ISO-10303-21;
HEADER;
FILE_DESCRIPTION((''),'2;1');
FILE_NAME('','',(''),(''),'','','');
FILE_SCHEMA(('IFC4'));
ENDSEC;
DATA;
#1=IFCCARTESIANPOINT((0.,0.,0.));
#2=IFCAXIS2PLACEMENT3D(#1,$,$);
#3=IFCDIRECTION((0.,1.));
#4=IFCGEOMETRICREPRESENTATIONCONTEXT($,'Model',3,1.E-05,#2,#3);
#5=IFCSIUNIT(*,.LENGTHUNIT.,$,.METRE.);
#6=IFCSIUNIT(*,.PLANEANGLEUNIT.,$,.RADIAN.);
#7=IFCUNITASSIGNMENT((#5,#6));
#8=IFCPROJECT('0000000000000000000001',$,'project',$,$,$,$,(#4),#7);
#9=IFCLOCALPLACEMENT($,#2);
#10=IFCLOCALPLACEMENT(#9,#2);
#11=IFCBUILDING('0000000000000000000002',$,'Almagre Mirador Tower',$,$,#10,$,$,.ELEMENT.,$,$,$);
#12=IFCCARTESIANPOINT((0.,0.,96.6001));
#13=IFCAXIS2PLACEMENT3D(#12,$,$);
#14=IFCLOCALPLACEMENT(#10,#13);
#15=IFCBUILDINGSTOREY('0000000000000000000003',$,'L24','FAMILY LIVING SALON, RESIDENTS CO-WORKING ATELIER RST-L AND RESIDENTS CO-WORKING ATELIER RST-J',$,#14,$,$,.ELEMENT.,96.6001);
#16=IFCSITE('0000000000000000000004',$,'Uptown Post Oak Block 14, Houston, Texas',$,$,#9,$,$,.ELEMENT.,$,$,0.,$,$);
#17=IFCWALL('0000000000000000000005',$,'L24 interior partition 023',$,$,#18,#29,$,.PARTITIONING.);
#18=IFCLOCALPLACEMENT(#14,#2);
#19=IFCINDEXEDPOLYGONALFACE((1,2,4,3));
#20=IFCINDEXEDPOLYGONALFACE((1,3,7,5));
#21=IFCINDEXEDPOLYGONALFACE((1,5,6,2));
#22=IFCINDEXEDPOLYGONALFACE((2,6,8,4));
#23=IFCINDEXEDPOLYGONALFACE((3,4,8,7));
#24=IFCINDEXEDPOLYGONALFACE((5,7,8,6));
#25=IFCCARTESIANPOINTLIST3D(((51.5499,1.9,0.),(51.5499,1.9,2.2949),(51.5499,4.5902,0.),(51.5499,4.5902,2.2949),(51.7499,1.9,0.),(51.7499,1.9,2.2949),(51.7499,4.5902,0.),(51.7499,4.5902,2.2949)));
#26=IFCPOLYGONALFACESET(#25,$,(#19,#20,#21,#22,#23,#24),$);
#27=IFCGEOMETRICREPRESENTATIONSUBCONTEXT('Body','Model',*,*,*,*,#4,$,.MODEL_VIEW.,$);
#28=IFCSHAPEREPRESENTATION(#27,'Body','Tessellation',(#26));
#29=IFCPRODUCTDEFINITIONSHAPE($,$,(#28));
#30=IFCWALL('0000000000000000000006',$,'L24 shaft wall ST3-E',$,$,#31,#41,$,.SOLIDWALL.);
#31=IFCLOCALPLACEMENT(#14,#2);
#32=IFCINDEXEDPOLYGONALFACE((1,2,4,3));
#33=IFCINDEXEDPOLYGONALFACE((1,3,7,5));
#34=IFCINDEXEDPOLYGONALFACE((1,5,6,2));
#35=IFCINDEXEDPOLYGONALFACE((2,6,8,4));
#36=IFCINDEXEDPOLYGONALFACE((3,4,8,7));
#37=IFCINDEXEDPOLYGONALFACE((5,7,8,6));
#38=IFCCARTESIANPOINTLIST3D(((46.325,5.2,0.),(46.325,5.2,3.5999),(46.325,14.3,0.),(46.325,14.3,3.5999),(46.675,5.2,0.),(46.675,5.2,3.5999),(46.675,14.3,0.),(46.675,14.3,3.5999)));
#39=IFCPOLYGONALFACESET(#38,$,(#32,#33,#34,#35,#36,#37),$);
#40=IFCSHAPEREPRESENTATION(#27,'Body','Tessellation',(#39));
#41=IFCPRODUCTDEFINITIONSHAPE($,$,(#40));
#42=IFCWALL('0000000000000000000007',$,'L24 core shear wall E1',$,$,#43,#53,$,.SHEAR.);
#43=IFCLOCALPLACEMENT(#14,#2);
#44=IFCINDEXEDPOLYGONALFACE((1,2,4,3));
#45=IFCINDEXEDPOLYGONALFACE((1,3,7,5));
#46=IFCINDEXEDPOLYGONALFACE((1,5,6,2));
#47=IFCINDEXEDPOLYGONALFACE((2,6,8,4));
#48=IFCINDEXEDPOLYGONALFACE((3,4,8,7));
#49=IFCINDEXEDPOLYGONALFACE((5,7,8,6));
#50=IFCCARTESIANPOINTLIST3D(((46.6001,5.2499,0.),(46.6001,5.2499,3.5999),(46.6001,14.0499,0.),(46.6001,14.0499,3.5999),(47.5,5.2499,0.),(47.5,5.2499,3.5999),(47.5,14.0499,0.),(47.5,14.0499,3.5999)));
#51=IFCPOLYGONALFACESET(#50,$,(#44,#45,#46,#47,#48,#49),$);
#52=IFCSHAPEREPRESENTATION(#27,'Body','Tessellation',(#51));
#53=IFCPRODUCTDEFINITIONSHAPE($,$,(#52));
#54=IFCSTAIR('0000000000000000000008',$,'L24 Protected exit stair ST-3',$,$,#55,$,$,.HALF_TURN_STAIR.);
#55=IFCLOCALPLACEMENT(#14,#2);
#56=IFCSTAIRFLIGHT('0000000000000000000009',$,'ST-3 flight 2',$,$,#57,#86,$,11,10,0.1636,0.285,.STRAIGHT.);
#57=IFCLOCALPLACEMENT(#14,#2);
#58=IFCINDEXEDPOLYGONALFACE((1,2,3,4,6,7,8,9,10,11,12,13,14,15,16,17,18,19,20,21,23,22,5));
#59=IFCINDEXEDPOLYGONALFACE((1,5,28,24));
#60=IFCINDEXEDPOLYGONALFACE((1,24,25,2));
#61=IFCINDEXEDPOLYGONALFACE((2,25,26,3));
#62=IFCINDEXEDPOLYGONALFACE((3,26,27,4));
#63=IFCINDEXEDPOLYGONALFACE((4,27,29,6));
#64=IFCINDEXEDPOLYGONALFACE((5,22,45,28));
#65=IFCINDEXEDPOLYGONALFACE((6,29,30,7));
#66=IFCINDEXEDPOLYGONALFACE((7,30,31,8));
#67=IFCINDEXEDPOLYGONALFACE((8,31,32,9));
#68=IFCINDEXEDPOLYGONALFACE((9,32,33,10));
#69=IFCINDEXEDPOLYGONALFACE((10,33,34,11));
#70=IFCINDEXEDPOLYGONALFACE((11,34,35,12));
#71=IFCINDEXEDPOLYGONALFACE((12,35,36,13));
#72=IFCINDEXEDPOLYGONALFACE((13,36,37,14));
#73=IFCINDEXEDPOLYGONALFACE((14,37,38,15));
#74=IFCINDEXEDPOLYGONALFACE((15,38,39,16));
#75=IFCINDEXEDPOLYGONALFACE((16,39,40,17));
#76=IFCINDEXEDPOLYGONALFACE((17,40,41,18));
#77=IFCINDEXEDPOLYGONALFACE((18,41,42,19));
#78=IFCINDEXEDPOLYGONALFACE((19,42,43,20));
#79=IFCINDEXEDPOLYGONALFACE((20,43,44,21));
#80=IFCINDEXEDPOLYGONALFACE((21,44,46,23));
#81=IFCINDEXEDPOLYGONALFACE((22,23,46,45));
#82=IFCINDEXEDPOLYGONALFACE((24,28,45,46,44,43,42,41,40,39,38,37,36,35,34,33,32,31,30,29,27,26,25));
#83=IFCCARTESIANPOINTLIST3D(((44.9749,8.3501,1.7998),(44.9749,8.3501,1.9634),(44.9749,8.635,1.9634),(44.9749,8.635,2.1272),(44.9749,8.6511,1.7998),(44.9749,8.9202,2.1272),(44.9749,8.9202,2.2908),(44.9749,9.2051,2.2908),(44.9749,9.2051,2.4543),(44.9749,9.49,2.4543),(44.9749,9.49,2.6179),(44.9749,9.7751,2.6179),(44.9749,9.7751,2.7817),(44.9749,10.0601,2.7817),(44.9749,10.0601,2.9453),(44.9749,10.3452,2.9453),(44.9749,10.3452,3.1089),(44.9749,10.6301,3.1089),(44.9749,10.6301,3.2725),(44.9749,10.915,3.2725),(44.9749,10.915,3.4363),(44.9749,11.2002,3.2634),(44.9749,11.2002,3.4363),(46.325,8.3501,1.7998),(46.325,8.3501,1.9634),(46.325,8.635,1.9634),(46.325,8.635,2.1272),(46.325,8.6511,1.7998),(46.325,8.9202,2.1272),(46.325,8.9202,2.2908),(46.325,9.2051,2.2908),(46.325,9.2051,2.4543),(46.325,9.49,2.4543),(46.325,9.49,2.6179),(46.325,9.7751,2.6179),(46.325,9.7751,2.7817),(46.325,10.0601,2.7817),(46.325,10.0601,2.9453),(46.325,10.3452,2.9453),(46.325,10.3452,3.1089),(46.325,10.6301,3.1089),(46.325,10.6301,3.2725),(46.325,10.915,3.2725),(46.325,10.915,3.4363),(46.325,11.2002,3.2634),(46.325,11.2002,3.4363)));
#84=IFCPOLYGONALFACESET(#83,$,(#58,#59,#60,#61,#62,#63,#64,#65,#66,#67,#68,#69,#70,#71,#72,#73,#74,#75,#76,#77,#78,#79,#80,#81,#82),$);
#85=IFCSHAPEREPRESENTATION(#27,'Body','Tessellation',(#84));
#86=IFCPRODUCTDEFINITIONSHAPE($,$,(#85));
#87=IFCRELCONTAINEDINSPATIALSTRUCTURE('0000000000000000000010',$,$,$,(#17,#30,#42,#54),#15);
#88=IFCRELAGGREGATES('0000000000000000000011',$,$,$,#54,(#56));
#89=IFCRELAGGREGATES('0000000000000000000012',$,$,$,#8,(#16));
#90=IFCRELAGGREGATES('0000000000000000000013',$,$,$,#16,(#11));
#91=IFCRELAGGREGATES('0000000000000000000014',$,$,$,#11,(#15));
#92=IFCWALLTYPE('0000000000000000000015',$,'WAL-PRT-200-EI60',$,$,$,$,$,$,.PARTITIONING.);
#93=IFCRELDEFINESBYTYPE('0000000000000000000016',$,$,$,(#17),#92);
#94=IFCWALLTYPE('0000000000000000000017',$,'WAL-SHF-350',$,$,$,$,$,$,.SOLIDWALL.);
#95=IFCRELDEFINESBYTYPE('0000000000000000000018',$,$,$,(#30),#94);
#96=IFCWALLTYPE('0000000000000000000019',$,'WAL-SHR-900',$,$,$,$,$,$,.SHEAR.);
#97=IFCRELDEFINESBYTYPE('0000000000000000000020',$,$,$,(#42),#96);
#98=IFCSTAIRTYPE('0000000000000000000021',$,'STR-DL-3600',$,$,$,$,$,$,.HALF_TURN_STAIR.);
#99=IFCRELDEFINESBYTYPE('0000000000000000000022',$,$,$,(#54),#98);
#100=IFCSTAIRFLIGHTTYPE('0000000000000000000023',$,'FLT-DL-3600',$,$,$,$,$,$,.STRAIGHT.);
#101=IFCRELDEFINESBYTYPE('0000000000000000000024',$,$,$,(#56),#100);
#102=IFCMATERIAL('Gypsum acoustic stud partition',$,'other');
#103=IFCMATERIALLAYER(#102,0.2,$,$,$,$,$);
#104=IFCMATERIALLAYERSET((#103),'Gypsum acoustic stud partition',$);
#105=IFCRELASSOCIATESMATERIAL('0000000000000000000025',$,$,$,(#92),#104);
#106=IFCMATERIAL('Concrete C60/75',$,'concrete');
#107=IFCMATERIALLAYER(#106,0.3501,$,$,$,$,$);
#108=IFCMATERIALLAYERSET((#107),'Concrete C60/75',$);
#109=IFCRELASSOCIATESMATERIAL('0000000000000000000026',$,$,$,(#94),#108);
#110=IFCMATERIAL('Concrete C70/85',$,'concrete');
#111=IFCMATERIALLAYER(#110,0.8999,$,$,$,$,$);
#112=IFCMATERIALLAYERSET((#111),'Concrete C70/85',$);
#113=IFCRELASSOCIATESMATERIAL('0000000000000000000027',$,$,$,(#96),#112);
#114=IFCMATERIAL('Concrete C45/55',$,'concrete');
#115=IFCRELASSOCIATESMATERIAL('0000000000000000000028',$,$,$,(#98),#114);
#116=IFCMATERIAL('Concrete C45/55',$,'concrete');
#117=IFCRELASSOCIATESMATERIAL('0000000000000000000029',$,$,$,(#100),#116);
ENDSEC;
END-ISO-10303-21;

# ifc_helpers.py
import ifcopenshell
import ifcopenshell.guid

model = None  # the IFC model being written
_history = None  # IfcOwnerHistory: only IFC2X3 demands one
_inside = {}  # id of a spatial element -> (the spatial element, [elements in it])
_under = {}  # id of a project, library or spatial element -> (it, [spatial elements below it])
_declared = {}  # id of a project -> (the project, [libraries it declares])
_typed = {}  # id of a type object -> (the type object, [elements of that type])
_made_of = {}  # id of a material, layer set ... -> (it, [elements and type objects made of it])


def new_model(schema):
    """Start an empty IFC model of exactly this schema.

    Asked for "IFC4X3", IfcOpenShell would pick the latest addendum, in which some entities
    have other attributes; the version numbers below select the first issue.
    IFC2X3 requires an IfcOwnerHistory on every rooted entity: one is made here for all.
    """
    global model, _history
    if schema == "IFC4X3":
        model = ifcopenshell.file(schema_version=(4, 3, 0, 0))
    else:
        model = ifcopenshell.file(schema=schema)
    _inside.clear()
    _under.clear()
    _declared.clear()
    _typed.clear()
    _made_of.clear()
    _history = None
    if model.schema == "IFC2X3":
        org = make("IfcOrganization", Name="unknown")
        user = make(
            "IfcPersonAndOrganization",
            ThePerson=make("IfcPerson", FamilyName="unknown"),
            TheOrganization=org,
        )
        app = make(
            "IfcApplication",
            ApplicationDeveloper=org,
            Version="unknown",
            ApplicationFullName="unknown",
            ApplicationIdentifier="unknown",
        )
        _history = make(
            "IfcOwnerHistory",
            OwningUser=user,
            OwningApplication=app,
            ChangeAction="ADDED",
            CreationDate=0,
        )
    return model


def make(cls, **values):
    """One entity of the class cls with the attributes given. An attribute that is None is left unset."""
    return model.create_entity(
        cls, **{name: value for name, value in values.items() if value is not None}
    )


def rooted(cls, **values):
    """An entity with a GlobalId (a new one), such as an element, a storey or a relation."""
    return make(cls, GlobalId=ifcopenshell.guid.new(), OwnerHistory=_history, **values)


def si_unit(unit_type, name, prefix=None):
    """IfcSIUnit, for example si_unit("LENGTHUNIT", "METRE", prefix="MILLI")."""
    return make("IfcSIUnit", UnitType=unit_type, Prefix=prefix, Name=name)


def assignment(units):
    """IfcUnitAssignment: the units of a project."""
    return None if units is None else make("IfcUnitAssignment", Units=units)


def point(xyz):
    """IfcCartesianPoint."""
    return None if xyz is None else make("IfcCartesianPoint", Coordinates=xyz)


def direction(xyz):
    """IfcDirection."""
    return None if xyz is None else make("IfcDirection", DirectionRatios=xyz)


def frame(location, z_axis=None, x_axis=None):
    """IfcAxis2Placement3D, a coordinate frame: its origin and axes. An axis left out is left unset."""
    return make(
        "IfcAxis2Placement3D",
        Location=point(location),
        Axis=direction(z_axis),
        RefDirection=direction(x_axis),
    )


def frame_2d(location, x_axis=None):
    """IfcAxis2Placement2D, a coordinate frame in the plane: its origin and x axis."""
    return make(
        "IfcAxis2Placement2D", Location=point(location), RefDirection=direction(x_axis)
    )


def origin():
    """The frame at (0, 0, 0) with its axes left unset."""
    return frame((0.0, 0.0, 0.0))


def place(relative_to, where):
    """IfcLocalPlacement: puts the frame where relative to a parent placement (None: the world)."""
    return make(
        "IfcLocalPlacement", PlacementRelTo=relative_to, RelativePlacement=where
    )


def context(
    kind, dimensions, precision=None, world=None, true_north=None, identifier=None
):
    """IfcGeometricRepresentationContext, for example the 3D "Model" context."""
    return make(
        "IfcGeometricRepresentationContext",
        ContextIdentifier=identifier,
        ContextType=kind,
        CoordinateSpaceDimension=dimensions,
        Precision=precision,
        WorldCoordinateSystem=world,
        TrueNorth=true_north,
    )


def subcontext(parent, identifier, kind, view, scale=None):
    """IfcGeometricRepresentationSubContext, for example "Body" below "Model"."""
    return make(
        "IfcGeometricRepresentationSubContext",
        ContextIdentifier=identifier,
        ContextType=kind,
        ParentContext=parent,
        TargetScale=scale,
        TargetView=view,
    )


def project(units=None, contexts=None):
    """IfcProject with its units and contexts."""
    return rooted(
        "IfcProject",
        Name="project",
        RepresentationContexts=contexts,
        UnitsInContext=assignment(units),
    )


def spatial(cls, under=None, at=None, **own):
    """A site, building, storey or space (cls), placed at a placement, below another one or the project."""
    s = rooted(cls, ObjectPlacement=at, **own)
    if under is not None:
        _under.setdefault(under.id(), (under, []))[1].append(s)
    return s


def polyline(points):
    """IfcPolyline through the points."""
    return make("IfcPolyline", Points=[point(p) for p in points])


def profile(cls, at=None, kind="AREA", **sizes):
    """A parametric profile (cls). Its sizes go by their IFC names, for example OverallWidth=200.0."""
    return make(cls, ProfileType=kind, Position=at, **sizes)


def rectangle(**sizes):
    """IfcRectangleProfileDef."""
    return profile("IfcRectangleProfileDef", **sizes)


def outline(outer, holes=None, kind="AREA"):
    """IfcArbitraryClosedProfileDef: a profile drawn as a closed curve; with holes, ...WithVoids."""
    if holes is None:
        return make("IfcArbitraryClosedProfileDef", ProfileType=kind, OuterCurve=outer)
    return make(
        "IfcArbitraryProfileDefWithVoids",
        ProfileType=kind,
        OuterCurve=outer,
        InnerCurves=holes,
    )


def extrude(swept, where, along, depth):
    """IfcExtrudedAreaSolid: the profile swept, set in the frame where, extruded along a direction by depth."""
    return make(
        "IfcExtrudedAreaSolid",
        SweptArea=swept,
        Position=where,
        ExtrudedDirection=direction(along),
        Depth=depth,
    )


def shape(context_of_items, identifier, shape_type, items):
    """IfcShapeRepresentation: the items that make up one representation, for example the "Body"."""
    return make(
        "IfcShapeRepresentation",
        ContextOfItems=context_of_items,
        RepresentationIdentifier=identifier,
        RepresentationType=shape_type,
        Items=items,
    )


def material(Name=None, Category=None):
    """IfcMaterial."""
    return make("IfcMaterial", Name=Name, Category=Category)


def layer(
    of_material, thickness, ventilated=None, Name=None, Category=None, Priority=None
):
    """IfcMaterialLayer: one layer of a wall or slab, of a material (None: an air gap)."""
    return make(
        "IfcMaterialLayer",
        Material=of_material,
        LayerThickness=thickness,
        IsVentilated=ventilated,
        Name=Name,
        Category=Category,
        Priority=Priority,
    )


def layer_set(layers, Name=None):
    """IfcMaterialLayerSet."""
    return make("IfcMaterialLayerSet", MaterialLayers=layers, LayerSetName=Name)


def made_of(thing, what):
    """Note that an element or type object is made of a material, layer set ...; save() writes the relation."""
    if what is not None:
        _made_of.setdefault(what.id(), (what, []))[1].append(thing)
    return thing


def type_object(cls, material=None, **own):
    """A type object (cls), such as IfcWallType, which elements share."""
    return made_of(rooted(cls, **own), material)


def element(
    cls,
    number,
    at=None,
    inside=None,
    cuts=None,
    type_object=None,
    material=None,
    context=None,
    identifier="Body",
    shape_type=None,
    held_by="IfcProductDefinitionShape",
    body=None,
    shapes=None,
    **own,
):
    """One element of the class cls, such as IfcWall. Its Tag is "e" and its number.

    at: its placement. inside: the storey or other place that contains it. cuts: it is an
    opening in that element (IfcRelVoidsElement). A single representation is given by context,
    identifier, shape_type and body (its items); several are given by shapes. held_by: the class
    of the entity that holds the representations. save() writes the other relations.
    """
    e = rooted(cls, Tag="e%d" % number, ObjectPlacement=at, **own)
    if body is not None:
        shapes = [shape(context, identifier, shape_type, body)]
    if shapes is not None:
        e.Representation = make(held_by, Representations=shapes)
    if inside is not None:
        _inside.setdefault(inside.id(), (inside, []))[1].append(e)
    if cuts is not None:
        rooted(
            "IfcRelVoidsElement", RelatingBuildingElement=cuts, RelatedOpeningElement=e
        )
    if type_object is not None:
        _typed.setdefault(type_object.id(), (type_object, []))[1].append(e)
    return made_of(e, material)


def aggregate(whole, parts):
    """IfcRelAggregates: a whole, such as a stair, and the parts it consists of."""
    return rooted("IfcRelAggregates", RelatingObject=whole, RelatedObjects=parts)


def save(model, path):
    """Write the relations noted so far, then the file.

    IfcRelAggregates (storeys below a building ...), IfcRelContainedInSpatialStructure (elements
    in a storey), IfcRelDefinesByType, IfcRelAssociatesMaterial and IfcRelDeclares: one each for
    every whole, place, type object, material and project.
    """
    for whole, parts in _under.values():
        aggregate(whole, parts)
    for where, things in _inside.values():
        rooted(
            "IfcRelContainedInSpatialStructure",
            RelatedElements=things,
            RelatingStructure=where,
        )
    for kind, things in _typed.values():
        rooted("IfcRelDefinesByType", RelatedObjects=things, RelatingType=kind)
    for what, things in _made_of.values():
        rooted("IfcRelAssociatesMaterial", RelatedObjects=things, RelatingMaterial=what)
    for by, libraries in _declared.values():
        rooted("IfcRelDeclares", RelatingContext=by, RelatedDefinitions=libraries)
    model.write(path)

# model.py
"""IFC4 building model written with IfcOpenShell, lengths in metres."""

from ifc_helpers import new_model, si_unit, direction, frame, frame_2d, origin, place, context, subcontext, project, spatial, polyline, rectangle, outline, extrude, material, layer, layer_set, type_object, element, aggregate, save


model = new_model("IFC4")

# Units and contexts
model_context = context("Model", 3, precision=1e-05, world=origin(), true_north=direction((0.0, 1.0)))
body_context = subcontext(model_context, "Body", "Model", "MODEL_VIEW")
ifc_project = project(units=[si_unit("LENGTHUNIT", "METRE"), si_unit("PLANEANGLEUNIT", "RADIAN")], contexts=[model_context])

# Site, building, storey
site_placement = place(None, origin())
site = spatial("IfcSite", under=ifc_project, at=site_placement, Name="Uptown Post Oak Block 14, Houston, Texas", CompositionType="ELEMENT", RefElevation=0.0)
building_placement = place(site_placement, origin())
building = spatial("IfcBuilding", under=site, at=building_placement, Name="Almagre Mirador Tower", CompositionType="ELEMENT")
storey_placement = place(building_placement, frame((0.0, 0.0, 96.6001)))
storey = spatial("IfcBuildingStorey", under=building, at=storey_placement, Name="L24", Description="FAMILY LIVING SALON, RESIDENTS CO-WORKING ATELIER RST-L AND RESIDENTS CO-WORKING ATELIER RST-J", CompositionType="ELEMENT", Elevation=96.6001)

# Walls
ifc_material_1 = material(Name="Gypsum acoustic stud partition", Category="other")
ifc_layer_1 = layer(ifc_material_1, 0.2)
ifc_layer_set_1 = layer_set([ifc_layer_1], Name="Gypsum acoustic stud partition")
wall_type_1 = type_object("IfcWallType", Name="WAL-PRT-200-EI60", PredefinedType="PARTITIONING", material=ifc_layer_set_1)
wall_1_placement = place(storey_placement, frame((51.6499, 1.8999, 0.0), z_axis=(0.0, 0.0, 1.0), x_axis=(0.0, 1.0, 0.0)))
element("IfcWall", 1, at=wall_1_placement, inside=storey, type_object=wall_type_1, Name="L24 interior partition 023", PredefinedType="PARTITIONING", context=body_context, shape_type="SweptSolid", body=[
    extrude(rectangle(XDim=2.6902, YDim=0.2, at=frame_2d((1.3452, 0.0))), origin(), (0.0, 0.0, 1.0), 2.2949),
])
ifc_material_2 = material(Name="Concrete C60/75", Category="concrete")
ifc_layer_2 = layer(ifc_material_2, 0.3501)
ifc_layer_set_2 = layer_set([ifc_layer_2], Name="Concrete C60/75")
wall_type_2 = type_object("IfcWallType", Name="WAL-SHF-350", PredefinedType="SOLIDWALL", material=ifc_layer_set_2)
wall_2_placement = place(storey_placement, frame((46.5, 5.2, 0.0), z_axis=(0.0, 0.0, 1.0), x_axis=(0.0, 1.0, 0.0)))
element("IfcWall", 2, at=wall_2_placement, inside=storey, type_object=wall_type_2, Name="L24 shaft wall ST3-E", PredefinedType="SOLIDWALL", context=body_context, shape_type="SweptSolid", body=[
    extrude(rectangle(XDim=9.1001, YDim=0.3501, at=frame_2d((4.55, 0.0))), origin(), (0.0, 0.0, 1.0), 3.5999),
])
ifc_material_3 = material(Name="Concrete C70/85", Category="concrete")
ifc_layer_3 = layer(ifc_material_3, 0.8999)
ifc_layer_set_3 = layer_set([ifc_layer_3], Name="Concrete C70/85")
wall_type_3 = type_object("IfcWallType", Name="WAL-SHR-900", PredefinedType="SHEAR", material=ifc_layer_set_3)
wall_3_placement = place(storey_placement, frame((47.05, 5.25, 0.0), z_axis=(0.0, 0.0, 1.0), x_axis=(0.0, 1.0, 0.0)))
element("IfcWall", 3, at=wall_3_placement, inside=storey, type_object=wall_type_3, Name="L24 core shear wall E1", PredefinedType="SHEAR", context=body_context, shape_type="SweptSolid", body=[
    extrude(rectangle(XDim=8.8, YDim=0.8999, at=frame_2d((4.3999, 0.0))), origin(), (0.0, 0.0, 1.0), 3.5999),
])

# Stair, stair flight
ifc_material_4 = material(Name="Concrete C45/55", Category="concrete")
stair_type = type_object("IfcStairType", Name="STR-DL-3600", PredefinedType="HALF_TURN_STAIR", material=ifc_material_4)
stair_placement = place(storey_placement, origin())
stair = element("IfcStair", 4, at=stair_placement, inside=storey, type_object=stair_type, Name="L24 Protected exit stair ST-3", PredefinedType="HALF_TURN_STAIR")
ifc_material_5 = material(Name="Concrete C45/55", Category="concrete")
stair_flight_type = type_object("IfcStairFlightType", Name="FLT-DL-3600", PredefinedType="STRAIGHT", material=ifc_material_5)
stair_flight_placement = place(storey_placement, frame((45.6499, 8.3501, 1.7998), z_axis=(0.0, 0.0, 1.0), x_axis=(0.0, 1.0, 0.0)))
stair_flight = element("IfcStairFlight", 5, at=stair_flight_placement, type_object=stair_flight_type, Name="ST-3 flight 2", NumberOfRisers=11, NumberOfTreads=10, PredefinedType="STRAIGHT", RiserHeight=0.1636, TreadLength=0.285, context=body_context, shape_type="SweptSolid", body=[
    extrude(outline(polyline([(0.0, 0.0), (0.0, 0.1636), (0.2849, 0.1636), (0.2849, 0.3274), (0.5701, 0.3274), (0.5701, 0.491), (0.855, 0.491), (0.855, 0.6545), (1.1399, 0.6545), (1.1399, 0.8181), (1.425, 0.8181), (1.425, 0.9819), (1.71, 0.9819), (1.71, 1.1455), (1.9951, 1.1455), (1.9951, 1.3091), (2.28, 1.3091), (2.28, 1.4727), (2.5649, 1.4727), (2.5649, 1.6365), (2.8501, 1.6365), (2.8501, 1.8), (2.8501, 1.4636), (0.301, 0.0), (0.0, 0.0)])), frame((0.0, 0.675, 0.0), z_axis=(0.0, -1.0, 0.0), x_axis=(1.0, 0.0, 0.0)), (0.0, 0.0, 1.0), 1.3501),
])
aggregate(stair, [stair_flight])

save(model, "model.ifc")
